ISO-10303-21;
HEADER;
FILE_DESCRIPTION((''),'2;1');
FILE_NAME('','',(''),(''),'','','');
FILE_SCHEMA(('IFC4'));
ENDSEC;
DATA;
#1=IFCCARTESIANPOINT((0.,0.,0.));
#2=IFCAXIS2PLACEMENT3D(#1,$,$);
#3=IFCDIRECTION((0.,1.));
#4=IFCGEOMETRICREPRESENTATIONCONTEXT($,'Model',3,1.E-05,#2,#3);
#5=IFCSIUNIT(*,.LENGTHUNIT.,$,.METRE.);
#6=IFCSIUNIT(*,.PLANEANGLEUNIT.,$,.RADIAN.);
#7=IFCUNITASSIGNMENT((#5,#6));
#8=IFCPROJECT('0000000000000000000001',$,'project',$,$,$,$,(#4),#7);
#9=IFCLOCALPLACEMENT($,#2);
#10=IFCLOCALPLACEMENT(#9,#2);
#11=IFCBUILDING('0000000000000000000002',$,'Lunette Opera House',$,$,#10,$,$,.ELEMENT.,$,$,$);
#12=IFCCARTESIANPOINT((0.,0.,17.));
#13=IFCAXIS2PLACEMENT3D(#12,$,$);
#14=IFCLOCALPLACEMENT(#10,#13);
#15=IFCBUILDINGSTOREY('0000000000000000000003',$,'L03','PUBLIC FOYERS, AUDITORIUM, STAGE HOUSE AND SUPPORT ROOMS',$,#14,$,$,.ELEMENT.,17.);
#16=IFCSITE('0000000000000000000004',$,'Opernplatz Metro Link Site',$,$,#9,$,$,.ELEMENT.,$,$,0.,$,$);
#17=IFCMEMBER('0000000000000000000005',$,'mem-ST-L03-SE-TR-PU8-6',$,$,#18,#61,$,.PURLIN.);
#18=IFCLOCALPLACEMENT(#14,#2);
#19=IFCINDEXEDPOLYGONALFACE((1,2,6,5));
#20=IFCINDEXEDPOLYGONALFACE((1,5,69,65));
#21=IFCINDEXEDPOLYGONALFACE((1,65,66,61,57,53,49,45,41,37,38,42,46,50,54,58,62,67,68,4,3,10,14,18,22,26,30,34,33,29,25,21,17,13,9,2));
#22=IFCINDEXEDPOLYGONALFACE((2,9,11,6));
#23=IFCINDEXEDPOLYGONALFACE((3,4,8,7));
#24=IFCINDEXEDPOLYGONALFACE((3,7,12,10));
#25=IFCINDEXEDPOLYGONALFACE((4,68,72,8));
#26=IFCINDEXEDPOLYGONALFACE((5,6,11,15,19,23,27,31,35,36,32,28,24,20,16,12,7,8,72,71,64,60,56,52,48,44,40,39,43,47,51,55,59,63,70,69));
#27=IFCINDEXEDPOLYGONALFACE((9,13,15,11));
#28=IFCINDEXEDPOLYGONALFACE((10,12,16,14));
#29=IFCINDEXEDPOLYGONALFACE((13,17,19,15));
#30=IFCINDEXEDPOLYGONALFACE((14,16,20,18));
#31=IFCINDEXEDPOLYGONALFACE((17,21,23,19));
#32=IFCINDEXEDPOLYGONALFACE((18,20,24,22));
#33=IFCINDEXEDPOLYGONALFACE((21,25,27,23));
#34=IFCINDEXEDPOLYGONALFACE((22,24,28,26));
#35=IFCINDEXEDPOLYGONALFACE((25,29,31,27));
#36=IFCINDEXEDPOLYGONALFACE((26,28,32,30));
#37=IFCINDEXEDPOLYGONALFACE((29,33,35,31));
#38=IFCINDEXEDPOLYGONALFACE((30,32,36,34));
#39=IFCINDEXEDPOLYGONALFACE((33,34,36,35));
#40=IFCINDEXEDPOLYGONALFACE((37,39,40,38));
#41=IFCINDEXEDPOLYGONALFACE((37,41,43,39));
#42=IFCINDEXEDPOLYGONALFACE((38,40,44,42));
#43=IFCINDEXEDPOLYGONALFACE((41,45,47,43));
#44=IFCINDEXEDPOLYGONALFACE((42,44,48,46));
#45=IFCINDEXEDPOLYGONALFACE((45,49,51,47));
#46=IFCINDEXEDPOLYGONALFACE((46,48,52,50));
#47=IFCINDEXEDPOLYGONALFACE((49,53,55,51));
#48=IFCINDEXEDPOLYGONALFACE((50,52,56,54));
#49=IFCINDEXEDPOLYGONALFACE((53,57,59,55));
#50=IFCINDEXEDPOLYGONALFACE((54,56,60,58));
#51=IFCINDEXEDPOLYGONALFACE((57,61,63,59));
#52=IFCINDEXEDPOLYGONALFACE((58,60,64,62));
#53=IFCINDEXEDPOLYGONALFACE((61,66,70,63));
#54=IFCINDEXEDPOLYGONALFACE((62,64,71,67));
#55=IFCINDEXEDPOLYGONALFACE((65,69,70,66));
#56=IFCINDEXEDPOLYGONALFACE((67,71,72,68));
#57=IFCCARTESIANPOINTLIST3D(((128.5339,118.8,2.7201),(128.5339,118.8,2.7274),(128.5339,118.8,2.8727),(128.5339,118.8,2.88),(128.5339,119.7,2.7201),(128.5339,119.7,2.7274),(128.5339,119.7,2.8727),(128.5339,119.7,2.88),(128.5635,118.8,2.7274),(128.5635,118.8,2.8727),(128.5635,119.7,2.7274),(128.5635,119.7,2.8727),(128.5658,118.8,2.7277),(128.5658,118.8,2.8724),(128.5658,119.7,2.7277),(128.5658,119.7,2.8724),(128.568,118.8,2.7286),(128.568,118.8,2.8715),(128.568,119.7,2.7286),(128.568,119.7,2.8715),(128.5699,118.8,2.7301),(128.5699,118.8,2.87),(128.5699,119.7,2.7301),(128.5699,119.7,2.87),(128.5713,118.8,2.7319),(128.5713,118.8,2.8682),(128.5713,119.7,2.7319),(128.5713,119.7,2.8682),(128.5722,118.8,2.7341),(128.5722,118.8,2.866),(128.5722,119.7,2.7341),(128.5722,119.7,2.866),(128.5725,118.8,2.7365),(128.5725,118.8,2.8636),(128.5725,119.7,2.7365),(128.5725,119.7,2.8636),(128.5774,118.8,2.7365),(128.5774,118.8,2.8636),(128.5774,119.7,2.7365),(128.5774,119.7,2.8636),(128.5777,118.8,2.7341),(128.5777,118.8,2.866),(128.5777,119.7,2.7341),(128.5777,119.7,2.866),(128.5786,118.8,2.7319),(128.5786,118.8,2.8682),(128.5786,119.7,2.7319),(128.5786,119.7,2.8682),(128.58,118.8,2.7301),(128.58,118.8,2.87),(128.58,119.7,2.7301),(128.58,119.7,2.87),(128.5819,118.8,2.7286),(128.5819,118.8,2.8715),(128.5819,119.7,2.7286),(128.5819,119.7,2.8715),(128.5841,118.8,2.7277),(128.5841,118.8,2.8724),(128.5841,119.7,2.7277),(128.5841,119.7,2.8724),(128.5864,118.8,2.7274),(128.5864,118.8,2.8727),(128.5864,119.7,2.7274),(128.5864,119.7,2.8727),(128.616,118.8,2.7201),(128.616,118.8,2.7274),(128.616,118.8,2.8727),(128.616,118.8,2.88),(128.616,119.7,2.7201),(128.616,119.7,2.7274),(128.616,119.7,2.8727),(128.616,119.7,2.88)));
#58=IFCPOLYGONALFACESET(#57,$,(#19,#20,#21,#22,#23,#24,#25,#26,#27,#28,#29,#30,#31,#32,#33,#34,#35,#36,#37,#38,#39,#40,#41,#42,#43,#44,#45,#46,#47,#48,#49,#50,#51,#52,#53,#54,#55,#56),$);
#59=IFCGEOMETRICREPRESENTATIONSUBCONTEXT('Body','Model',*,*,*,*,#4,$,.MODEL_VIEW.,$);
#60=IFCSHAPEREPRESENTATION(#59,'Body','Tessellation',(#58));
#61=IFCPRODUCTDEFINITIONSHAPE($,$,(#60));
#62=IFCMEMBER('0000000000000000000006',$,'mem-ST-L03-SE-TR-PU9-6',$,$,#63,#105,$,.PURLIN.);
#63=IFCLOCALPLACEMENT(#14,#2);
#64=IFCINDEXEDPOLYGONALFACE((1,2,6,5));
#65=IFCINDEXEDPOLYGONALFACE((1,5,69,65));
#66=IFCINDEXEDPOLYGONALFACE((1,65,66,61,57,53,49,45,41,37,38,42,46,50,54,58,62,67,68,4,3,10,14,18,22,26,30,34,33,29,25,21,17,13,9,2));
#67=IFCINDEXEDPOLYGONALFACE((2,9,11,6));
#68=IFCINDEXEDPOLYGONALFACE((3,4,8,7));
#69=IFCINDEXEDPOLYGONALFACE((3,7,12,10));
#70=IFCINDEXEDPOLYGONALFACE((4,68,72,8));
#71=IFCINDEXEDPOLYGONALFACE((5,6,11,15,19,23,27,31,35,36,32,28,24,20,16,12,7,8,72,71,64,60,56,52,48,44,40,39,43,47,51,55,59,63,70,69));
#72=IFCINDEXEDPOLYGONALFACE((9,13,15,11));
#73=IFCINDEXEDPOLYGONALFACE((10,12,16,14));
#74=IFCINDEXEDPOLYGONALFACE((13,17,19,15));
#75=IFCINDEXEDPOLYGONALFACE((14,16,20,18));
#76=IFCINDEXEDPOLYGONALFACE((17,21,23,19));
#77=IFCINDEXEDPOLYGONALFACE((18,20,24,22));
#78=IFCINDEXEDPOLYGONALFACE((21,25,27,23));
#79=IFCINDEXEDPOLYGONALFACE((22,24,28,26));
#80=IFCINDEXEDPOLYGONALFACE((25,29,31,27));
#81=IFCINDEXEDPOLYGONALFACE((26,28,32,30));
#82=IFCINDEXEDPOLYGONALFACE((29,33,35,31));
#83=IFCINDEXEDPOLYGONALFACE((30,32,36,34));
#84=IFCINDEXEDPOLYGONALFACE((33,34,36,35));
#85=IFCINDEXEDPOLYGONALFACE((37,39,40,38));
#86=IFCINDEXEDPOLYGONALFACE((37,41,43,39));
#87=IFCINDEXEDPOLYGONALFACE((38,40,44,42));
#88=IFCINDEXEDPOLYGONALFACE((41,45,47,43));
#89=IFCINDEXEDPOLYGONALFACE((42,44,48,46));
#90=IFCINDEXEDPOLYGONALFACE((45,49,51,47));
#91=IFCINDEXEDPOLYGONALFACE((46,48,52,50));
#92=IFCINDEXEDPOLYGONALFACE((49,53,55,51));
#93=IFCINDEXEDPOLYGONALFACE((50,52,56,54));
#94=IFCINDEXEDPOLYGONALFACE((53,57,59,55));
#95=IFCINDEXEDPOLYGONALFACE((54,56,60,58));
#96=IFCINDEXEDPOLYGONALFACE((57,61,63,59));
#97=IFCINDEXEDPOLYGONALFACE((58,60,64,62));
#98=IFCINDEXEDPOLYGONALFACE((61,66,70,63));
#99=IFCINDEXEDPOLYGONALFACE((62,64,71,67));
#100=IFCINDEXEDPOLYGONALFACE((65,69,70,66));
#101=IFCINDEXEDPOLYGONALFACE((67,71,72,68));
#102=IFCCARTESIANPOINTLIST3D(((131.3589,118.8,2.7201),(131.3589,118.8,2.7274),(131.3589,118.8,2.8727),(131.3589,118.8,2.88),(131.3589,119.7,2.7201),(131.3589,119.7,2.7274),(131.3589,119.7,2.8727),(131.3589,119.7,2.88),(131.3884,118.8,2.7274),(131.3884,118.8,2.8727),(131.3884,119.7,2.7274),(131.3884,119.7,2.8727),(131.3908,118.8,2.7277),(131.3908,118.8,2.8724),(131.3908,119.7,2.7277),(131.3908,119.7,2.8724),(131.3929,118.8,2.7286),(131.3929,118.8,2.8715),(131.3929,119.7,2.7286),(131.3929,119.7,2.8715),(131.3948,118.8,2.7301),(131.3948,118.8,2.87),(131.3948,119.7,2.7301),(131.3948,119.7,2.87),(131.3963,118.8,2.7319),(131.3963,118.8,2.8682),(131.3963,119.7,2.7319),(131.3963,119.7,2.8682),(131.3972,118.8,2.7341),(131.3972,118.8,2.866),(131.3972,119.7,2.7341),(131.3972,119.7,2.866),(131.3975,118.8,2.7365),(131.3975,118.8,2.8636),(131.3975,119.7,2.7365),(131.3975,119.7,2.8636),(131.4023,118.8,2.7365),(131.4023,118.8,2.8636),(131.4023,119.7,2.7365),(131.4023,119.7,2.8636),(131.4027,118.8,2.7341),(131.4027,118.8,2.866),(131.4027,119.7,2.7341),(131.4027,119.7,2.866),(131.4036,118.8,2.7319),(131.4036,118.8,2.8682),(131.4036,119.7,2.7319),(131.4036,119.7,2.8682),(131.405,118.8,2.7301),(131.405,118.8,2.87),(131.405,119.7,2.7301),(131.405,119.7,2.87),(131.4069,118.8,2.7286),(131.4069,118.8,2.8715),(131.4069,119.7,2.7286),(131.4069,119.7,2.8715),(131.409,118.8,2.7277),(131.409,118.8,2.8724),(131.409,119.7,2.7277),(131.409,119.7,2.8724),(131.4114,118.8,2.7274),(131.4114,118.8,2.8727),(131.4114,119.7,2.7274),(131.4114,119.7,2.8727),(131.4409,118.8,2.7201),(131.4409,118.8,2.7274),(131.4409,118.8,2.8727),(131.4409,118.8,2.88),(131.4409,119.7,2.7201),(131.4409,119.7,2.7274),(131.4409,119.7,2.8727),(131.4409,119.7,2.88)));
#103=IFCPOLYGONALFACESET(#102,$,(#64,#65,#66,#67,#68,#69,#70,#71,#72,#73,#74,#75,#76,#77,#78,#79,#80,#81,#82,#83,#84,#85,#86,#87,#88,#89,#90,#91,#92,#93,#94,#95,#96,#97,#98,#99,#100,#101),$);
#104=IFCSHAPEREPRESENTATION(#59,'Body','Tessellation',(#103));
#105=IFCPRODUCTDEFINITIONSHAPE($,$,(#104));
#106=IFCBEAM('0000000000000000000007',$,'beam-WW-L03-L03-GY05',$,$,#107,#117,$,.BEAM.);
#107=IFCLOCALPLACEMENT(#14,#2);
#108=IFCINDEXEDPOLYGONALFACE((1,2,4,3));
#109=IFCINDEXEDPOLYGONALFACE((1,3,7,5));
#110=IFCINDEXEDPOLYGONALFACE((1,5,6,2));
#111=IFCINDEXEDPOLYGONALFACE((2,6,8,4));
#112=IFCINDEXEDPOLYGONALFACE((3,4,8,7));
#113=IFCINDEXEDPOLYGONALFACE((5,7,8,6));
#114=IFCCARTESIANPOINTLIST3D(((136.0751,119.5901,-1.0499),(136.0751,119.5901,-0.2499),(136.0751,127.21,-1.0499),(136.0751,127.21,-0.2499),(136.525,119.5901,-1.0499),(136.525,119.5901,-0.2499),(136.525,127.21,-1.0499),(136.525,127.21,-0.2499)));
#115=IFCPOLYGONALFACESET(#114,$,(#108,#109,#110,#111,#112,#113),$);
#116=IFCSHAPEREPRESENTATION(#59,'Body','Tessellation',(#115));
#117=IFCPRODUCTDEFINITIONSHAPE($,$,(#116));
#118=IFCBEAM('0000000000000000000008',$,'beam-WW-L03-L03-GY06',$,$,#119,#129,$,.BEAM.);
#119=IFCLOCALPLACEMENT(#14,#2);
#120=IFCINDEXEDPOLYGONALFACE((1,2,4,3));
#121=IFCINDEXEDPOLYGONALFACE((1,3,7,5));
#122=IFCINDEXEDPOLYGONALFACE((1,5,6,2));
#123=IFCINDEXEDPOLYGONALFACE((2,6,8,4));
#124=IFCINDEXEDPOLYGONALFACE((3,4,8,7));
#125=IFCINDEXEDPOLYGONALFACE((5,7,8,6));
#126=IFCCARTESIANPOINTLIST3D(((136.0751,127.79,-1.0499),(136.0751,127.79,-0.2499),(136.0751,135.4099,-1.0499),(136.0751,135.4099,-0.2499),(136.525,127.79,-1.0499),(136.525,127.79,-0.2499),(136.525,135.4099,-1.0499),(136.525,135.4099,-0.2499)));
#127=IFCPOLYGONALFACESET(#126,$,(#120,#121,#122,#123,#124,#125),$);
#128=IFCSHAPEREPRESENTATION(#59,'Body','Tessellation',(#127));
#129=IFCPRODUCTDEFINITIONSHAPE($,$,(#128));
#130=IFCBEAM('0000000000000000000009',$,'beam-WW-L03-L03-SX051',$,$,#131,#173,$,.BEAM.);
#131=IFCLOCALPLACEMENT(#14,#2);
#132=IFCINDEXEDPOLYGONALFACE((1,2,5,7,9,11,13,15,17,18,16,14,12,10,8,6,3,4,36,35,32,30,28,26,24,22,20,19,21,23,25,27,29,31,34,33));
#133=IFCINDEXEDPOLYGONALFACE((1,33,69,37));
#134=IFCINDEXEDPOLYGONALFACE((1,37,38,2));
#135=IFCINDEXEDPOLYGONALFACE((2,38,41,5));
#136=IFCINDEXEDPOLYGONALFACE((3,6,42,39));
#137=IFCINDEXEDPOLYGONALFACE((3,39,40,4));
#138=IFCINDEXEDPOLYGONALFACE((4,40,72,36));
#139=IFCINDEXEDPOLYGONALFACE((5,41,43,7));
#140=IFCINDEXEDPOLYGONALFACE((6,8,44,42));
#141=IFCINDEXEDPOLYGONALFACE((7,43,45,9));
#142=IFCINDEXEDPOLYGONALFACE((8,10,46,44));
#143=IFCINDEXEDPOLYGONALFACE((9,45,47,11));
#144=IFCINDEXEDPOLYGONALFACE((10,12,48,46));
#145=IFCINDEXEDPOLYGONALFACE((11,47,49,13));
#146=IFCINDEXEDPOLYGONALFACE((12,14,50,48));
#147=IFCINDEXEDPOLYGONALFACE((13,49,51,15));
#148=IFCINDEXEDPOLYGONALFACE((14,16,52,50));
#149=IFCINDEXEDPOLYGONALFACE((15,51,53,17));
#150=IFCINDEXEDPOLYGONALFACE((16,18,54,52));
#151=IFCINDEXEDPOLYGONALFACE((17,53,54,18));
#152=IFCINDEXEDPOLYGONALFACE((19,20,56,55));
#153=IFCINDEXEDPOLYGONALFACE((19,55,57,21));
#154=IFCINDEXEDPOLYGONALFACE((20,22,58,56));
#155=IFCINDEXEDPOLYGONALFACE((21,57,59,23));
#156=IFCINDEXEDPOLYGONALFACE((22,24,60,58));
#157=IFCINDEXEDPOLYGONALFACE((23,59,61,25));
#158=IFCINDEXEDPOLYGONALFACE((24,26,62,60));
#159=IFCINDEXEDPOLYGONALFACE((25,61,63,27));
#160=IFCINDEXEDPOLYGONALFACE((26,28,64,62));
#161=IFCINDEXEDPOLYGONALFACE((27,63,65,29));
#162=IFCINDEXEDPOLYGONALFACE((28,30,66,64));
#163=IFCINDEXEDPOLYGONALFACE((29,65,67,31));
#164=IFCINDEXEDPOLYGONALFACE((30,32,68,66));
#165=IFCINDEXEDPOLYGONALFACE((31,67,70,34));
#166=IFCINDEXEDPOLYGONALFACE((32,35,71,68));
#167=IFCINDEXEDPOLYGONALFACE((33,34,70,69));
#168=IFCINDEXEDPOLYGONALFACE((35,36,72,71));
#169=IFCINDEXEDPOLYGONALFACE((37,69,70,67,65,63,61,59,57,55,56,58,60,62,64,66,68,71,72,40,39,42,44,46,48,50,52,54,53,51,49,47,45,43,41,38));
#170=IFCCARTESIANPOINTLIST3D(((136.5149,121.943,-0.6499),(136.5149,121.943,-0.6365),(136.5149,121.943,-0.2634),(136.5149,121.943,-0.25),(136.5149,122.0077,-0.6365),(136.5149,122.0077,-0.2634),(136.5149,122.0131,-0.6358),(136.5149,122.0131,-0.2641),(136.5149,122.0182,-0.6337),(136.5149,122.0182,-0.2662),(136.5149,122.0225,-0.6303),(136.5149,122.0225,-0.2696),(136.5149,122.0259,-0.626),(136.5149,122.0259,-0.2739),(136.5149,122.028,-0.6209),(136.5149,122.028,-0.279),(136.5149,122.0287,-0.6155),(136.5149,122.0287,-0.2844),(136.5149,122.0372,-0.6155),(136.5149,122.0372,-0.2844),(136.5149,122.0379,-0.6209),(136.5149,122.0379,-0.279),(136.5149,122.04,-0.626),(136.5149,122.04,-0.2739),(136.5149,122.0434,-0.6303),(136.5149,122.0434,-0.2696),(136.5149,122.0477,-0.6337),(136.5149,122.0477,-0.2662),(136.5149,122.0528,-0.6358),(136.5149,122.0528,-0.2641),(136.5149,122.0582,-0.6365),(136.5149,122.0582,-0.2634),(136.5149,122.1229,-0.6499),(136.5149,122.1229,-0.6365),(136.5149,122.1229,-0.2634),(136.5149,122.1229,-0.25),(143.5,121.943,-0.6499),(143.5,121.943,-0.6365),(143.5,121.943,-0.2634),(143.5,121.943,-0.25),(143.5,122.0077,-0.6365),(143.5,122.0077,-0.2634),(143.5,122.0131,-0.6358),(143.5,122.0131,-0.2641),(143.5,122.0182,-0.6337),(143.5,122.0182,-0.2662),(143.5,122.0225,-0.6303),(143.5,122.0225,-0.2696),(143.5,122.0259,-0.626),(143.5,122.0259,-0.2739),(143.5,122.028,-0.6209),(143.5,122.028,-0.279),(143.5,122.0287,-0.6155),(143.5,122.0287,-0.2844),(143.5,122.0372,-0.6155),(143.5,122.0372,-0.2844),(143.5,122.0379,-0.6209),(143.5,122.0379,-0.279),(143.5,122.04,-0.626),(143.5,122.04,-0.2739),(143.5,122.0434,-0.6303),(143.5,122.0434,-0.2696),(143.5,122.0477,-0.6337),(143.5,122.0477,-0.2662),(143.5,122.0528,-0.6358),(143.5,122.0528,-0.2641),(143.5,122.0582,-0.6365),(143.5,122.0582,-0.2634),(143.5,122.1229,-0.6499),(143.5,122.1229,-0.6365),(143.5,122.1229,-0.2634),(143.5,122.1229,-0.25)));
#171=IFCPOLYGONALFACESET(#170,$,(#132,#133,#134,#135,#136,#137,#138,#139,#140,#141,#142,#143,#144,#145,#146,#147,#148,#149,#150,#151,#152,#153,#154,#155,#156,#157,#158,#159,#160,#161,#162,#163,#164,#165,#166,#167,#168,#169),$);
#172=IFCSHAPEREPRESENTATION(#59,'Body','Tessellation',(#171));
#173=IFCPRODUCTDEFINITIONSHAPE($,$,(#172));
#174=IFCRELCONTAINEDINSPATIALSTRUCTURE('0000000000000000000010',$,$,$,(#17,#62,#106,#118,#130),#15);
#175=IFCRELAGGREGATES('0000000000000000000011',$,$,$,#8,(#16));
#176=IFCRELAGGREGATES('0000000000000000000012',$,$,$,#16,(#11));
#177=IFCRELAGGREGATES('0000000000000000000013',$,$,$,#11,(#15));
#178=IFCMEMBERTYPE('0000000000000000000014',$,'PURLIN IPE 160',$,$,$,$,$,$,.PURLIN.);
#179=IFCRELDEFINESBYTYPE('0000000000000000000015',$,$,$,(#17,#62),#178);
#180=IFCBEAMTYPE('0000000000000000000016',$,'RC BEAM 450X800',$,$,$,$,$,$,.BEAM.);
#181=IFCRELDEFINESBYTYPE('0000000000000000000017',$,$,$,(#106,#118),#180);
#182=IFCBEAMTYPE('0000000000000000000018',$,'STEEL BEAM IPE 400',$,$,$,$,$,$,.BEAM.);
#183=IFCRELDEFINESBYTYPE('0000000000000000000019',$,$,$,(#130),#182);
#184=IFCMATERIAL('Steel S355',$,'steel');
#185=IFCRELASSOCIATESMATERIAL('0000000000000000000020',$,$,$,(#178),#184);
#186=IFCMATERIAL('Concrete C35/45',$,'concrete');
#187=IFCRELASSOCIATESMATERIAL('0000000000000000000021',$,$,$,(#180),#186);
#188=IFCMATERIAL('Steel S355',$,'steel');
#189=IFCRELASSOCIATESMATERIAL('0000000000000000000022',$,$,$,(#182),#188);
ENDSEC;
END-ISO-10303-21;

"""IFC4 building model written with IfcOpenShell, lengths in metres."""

from ifc_helpers import new_model, si_unit, direction, frame, origin, origin_2d, place, context, subcontext, project, spatial, rectangle, i_section, extrude, material, material_profile, profile_set, type_object, element, save


model = new_model("IFC4")

# Units and contexts
model_context = context("Model", 3, precision=1e-05, world=origin(), true_north=direction((0.0, 1.0)))
body_context = subcontext(model_context, "Body", "Model", "MODEL_VIEW")
ifc_project = project(units=[si_unit("LENGTHUNIT", "METRE"), si_unit("PLANEANGLEUNIT", "RADIAN")], contexts=[model_context])

# Site, building, storey
site_placement = place(None, origin())
site = spatial("IfcSite", under=ifc_project, at=site_placement, Name="Opernplatz Metro Link Site", CompositionType="ELEMENT", RefElevation=0.0)
building_placement = place(site_placement, origin())
building = spatial("IfcBuilding", under=site, at=building_placement, Name="Lunette Opera House", CompositionType="ELEMENT")
storey_placement = place(building_placement, frame((0.0, 0.0, 17.0)))
storey = spatial("IfcBuildingStorey", under=building, at=storey_placement, Name="L03", Description="PUBLIC FOYERS, AUDITORIUM, STAGE HOUSE AND SUPPORT ROOMS", CompositionType="ELEMENT", Elevation=17.0)

# Members
ifc_material_1 = material(Name="Steel S355", Category="steel")
ifc_material_profile_1 = material_profile(ifc_material_1, i_section(OverallWidth=0.082, OverallDepth=0.1599, WebThickness=0.0049, FlangeThickness=0.0073, FilletRadius=0.009, at=origin_2d()), Name="IPE 160")
ifc_profile_set_1 = profile_set([ifc_material_profile_1], Name="Steel S355")
member_type_1 = type_object("IfcMemberType", Name="PURLIN IPE 160", PredefinedType="PURLIN", material=ifc_profile_set_1)
for number, where, z_axis, x_axis, name in (
    (1, (128.575, 118.8, 2.8), (0.0, 1.0, 0.0), (-1.0, 0.0, 0.0), "mem-ST-L03-SE-TR-PU8-6"),
    (2, (131.3999, 118.8, 2.8), (0.0, 1.0, 0.0), (-1.0, 0.0, 0.0), "mem-ST-L03-SE-TR-PU9-6"),
):
    element("IfcMember", number, at=place(storey_placement, frame(where, z_axis=z_axis, x_axis=x_axis)), inside=storey, type_object=member_type_1, Name=name, PredefinedType="PURLIN", context=body_context, shape_type="SweptSolid", body=[
        extrude(i_section(OverallWidth=0.082, OverallDepth=0.1599, WebThickness=0.0049, FlangeThickness=0.0073, FilletRadius=0.009, at=origin_2d()), origin(), (0.0, 0.0, 1.0), 0.8999),
    ])

# Beams
ifc_material_2 = material(Name="Concrete C35/45", Category="concrete")
ifc_material_profile_2 = material_profile(ifc_material_2, rectangle(XDim=0.45, YDim=0.8, at=origin_2d()), Name="RC BEAM 450X800")
ifc_profile_set_2 = profile_set([ifc_material_profile_2], Name="Concrete C35/45")
beam_type_1 = type_object("IfcBeamType", Name="RC BEAM 450X800", PredefinedType="BEAM", material=ifc_profile_set_2)
for number, where, z_axis, x_axis, name in (
    (3, (136.3, 119.5901, -0.6499), (0.0, 1.0, 0.0), (-1.0, 0.0, 0.0), "beam-WW-L03-L03-GY05"),
    (4, (136.3, 127.79, -0.6499), (0.0, 1.0, 0.0), (-1.0, 0.0, 0.0), "beam-WW-L03-L03-GY06"),
):
    element("IfcBeam", number, at=place(storey_placement, frame(where, z_axis=z_axis, x_axis=x_axis)), inside=storey, type_object=beam_type_1, Name=name, PredefinedType="BEAM", context=body_context, shape_type="SweptSolid", body=[
        extrude(rectangle(XDim=0.45, YDim=0.8, at=origin_2d()), origin(), (0.0, 0.0, 1.0), 7.6199),
    ])
ifc_material_3 = material(Name="Steel S355", Category="steel")
ifc_material_profile_3 = material_profile(ifc_material_3, i_section(OverallWidth=0.1799, OverallDepth=0.3999, WebThickness=0.0085, FlangeThickness=0.0134, FilletRadius=0.021, at=origin_2d()), Name="IPE 400")
ifc_profile_set_3 = profile_set([ifc_material_profile_3], Name="Steel S355")
beam_type_2 = type_object("IfcBeamType", Name="STEEL BEAM IPE 400", PredefinedType="BEAM", material=ifc_profile_set_3)
for number, where, z_axis, x_axis, name in (
    (5, (136.5149, 122.033, -0.45), (1.0, 0.0, 0.0), (0.0, 1.0, 0.0), "beam-WW-L03-L03-SX051"),
):
    element("IfcBeam", number, at=place(storey_placement, frame(where, z_axis=z_axis, x_axis=x_axis)), inside=storey, type_object=beam_type_2, Name=name, PredefinedType="BEAM", context=body_context, shape_type="SweptSolid", body=[
        extrude(i_section(OverallWidth=0.1799, OverallDepth=0.3999, WebThickness=0.0085, FlangeThickness=0.0134, FilletRadius=0.021, at=origin_2d()), origin(), (0.0, 0.0, 1.0), 6.9851),
    ])

save(model, "model.ifc")
